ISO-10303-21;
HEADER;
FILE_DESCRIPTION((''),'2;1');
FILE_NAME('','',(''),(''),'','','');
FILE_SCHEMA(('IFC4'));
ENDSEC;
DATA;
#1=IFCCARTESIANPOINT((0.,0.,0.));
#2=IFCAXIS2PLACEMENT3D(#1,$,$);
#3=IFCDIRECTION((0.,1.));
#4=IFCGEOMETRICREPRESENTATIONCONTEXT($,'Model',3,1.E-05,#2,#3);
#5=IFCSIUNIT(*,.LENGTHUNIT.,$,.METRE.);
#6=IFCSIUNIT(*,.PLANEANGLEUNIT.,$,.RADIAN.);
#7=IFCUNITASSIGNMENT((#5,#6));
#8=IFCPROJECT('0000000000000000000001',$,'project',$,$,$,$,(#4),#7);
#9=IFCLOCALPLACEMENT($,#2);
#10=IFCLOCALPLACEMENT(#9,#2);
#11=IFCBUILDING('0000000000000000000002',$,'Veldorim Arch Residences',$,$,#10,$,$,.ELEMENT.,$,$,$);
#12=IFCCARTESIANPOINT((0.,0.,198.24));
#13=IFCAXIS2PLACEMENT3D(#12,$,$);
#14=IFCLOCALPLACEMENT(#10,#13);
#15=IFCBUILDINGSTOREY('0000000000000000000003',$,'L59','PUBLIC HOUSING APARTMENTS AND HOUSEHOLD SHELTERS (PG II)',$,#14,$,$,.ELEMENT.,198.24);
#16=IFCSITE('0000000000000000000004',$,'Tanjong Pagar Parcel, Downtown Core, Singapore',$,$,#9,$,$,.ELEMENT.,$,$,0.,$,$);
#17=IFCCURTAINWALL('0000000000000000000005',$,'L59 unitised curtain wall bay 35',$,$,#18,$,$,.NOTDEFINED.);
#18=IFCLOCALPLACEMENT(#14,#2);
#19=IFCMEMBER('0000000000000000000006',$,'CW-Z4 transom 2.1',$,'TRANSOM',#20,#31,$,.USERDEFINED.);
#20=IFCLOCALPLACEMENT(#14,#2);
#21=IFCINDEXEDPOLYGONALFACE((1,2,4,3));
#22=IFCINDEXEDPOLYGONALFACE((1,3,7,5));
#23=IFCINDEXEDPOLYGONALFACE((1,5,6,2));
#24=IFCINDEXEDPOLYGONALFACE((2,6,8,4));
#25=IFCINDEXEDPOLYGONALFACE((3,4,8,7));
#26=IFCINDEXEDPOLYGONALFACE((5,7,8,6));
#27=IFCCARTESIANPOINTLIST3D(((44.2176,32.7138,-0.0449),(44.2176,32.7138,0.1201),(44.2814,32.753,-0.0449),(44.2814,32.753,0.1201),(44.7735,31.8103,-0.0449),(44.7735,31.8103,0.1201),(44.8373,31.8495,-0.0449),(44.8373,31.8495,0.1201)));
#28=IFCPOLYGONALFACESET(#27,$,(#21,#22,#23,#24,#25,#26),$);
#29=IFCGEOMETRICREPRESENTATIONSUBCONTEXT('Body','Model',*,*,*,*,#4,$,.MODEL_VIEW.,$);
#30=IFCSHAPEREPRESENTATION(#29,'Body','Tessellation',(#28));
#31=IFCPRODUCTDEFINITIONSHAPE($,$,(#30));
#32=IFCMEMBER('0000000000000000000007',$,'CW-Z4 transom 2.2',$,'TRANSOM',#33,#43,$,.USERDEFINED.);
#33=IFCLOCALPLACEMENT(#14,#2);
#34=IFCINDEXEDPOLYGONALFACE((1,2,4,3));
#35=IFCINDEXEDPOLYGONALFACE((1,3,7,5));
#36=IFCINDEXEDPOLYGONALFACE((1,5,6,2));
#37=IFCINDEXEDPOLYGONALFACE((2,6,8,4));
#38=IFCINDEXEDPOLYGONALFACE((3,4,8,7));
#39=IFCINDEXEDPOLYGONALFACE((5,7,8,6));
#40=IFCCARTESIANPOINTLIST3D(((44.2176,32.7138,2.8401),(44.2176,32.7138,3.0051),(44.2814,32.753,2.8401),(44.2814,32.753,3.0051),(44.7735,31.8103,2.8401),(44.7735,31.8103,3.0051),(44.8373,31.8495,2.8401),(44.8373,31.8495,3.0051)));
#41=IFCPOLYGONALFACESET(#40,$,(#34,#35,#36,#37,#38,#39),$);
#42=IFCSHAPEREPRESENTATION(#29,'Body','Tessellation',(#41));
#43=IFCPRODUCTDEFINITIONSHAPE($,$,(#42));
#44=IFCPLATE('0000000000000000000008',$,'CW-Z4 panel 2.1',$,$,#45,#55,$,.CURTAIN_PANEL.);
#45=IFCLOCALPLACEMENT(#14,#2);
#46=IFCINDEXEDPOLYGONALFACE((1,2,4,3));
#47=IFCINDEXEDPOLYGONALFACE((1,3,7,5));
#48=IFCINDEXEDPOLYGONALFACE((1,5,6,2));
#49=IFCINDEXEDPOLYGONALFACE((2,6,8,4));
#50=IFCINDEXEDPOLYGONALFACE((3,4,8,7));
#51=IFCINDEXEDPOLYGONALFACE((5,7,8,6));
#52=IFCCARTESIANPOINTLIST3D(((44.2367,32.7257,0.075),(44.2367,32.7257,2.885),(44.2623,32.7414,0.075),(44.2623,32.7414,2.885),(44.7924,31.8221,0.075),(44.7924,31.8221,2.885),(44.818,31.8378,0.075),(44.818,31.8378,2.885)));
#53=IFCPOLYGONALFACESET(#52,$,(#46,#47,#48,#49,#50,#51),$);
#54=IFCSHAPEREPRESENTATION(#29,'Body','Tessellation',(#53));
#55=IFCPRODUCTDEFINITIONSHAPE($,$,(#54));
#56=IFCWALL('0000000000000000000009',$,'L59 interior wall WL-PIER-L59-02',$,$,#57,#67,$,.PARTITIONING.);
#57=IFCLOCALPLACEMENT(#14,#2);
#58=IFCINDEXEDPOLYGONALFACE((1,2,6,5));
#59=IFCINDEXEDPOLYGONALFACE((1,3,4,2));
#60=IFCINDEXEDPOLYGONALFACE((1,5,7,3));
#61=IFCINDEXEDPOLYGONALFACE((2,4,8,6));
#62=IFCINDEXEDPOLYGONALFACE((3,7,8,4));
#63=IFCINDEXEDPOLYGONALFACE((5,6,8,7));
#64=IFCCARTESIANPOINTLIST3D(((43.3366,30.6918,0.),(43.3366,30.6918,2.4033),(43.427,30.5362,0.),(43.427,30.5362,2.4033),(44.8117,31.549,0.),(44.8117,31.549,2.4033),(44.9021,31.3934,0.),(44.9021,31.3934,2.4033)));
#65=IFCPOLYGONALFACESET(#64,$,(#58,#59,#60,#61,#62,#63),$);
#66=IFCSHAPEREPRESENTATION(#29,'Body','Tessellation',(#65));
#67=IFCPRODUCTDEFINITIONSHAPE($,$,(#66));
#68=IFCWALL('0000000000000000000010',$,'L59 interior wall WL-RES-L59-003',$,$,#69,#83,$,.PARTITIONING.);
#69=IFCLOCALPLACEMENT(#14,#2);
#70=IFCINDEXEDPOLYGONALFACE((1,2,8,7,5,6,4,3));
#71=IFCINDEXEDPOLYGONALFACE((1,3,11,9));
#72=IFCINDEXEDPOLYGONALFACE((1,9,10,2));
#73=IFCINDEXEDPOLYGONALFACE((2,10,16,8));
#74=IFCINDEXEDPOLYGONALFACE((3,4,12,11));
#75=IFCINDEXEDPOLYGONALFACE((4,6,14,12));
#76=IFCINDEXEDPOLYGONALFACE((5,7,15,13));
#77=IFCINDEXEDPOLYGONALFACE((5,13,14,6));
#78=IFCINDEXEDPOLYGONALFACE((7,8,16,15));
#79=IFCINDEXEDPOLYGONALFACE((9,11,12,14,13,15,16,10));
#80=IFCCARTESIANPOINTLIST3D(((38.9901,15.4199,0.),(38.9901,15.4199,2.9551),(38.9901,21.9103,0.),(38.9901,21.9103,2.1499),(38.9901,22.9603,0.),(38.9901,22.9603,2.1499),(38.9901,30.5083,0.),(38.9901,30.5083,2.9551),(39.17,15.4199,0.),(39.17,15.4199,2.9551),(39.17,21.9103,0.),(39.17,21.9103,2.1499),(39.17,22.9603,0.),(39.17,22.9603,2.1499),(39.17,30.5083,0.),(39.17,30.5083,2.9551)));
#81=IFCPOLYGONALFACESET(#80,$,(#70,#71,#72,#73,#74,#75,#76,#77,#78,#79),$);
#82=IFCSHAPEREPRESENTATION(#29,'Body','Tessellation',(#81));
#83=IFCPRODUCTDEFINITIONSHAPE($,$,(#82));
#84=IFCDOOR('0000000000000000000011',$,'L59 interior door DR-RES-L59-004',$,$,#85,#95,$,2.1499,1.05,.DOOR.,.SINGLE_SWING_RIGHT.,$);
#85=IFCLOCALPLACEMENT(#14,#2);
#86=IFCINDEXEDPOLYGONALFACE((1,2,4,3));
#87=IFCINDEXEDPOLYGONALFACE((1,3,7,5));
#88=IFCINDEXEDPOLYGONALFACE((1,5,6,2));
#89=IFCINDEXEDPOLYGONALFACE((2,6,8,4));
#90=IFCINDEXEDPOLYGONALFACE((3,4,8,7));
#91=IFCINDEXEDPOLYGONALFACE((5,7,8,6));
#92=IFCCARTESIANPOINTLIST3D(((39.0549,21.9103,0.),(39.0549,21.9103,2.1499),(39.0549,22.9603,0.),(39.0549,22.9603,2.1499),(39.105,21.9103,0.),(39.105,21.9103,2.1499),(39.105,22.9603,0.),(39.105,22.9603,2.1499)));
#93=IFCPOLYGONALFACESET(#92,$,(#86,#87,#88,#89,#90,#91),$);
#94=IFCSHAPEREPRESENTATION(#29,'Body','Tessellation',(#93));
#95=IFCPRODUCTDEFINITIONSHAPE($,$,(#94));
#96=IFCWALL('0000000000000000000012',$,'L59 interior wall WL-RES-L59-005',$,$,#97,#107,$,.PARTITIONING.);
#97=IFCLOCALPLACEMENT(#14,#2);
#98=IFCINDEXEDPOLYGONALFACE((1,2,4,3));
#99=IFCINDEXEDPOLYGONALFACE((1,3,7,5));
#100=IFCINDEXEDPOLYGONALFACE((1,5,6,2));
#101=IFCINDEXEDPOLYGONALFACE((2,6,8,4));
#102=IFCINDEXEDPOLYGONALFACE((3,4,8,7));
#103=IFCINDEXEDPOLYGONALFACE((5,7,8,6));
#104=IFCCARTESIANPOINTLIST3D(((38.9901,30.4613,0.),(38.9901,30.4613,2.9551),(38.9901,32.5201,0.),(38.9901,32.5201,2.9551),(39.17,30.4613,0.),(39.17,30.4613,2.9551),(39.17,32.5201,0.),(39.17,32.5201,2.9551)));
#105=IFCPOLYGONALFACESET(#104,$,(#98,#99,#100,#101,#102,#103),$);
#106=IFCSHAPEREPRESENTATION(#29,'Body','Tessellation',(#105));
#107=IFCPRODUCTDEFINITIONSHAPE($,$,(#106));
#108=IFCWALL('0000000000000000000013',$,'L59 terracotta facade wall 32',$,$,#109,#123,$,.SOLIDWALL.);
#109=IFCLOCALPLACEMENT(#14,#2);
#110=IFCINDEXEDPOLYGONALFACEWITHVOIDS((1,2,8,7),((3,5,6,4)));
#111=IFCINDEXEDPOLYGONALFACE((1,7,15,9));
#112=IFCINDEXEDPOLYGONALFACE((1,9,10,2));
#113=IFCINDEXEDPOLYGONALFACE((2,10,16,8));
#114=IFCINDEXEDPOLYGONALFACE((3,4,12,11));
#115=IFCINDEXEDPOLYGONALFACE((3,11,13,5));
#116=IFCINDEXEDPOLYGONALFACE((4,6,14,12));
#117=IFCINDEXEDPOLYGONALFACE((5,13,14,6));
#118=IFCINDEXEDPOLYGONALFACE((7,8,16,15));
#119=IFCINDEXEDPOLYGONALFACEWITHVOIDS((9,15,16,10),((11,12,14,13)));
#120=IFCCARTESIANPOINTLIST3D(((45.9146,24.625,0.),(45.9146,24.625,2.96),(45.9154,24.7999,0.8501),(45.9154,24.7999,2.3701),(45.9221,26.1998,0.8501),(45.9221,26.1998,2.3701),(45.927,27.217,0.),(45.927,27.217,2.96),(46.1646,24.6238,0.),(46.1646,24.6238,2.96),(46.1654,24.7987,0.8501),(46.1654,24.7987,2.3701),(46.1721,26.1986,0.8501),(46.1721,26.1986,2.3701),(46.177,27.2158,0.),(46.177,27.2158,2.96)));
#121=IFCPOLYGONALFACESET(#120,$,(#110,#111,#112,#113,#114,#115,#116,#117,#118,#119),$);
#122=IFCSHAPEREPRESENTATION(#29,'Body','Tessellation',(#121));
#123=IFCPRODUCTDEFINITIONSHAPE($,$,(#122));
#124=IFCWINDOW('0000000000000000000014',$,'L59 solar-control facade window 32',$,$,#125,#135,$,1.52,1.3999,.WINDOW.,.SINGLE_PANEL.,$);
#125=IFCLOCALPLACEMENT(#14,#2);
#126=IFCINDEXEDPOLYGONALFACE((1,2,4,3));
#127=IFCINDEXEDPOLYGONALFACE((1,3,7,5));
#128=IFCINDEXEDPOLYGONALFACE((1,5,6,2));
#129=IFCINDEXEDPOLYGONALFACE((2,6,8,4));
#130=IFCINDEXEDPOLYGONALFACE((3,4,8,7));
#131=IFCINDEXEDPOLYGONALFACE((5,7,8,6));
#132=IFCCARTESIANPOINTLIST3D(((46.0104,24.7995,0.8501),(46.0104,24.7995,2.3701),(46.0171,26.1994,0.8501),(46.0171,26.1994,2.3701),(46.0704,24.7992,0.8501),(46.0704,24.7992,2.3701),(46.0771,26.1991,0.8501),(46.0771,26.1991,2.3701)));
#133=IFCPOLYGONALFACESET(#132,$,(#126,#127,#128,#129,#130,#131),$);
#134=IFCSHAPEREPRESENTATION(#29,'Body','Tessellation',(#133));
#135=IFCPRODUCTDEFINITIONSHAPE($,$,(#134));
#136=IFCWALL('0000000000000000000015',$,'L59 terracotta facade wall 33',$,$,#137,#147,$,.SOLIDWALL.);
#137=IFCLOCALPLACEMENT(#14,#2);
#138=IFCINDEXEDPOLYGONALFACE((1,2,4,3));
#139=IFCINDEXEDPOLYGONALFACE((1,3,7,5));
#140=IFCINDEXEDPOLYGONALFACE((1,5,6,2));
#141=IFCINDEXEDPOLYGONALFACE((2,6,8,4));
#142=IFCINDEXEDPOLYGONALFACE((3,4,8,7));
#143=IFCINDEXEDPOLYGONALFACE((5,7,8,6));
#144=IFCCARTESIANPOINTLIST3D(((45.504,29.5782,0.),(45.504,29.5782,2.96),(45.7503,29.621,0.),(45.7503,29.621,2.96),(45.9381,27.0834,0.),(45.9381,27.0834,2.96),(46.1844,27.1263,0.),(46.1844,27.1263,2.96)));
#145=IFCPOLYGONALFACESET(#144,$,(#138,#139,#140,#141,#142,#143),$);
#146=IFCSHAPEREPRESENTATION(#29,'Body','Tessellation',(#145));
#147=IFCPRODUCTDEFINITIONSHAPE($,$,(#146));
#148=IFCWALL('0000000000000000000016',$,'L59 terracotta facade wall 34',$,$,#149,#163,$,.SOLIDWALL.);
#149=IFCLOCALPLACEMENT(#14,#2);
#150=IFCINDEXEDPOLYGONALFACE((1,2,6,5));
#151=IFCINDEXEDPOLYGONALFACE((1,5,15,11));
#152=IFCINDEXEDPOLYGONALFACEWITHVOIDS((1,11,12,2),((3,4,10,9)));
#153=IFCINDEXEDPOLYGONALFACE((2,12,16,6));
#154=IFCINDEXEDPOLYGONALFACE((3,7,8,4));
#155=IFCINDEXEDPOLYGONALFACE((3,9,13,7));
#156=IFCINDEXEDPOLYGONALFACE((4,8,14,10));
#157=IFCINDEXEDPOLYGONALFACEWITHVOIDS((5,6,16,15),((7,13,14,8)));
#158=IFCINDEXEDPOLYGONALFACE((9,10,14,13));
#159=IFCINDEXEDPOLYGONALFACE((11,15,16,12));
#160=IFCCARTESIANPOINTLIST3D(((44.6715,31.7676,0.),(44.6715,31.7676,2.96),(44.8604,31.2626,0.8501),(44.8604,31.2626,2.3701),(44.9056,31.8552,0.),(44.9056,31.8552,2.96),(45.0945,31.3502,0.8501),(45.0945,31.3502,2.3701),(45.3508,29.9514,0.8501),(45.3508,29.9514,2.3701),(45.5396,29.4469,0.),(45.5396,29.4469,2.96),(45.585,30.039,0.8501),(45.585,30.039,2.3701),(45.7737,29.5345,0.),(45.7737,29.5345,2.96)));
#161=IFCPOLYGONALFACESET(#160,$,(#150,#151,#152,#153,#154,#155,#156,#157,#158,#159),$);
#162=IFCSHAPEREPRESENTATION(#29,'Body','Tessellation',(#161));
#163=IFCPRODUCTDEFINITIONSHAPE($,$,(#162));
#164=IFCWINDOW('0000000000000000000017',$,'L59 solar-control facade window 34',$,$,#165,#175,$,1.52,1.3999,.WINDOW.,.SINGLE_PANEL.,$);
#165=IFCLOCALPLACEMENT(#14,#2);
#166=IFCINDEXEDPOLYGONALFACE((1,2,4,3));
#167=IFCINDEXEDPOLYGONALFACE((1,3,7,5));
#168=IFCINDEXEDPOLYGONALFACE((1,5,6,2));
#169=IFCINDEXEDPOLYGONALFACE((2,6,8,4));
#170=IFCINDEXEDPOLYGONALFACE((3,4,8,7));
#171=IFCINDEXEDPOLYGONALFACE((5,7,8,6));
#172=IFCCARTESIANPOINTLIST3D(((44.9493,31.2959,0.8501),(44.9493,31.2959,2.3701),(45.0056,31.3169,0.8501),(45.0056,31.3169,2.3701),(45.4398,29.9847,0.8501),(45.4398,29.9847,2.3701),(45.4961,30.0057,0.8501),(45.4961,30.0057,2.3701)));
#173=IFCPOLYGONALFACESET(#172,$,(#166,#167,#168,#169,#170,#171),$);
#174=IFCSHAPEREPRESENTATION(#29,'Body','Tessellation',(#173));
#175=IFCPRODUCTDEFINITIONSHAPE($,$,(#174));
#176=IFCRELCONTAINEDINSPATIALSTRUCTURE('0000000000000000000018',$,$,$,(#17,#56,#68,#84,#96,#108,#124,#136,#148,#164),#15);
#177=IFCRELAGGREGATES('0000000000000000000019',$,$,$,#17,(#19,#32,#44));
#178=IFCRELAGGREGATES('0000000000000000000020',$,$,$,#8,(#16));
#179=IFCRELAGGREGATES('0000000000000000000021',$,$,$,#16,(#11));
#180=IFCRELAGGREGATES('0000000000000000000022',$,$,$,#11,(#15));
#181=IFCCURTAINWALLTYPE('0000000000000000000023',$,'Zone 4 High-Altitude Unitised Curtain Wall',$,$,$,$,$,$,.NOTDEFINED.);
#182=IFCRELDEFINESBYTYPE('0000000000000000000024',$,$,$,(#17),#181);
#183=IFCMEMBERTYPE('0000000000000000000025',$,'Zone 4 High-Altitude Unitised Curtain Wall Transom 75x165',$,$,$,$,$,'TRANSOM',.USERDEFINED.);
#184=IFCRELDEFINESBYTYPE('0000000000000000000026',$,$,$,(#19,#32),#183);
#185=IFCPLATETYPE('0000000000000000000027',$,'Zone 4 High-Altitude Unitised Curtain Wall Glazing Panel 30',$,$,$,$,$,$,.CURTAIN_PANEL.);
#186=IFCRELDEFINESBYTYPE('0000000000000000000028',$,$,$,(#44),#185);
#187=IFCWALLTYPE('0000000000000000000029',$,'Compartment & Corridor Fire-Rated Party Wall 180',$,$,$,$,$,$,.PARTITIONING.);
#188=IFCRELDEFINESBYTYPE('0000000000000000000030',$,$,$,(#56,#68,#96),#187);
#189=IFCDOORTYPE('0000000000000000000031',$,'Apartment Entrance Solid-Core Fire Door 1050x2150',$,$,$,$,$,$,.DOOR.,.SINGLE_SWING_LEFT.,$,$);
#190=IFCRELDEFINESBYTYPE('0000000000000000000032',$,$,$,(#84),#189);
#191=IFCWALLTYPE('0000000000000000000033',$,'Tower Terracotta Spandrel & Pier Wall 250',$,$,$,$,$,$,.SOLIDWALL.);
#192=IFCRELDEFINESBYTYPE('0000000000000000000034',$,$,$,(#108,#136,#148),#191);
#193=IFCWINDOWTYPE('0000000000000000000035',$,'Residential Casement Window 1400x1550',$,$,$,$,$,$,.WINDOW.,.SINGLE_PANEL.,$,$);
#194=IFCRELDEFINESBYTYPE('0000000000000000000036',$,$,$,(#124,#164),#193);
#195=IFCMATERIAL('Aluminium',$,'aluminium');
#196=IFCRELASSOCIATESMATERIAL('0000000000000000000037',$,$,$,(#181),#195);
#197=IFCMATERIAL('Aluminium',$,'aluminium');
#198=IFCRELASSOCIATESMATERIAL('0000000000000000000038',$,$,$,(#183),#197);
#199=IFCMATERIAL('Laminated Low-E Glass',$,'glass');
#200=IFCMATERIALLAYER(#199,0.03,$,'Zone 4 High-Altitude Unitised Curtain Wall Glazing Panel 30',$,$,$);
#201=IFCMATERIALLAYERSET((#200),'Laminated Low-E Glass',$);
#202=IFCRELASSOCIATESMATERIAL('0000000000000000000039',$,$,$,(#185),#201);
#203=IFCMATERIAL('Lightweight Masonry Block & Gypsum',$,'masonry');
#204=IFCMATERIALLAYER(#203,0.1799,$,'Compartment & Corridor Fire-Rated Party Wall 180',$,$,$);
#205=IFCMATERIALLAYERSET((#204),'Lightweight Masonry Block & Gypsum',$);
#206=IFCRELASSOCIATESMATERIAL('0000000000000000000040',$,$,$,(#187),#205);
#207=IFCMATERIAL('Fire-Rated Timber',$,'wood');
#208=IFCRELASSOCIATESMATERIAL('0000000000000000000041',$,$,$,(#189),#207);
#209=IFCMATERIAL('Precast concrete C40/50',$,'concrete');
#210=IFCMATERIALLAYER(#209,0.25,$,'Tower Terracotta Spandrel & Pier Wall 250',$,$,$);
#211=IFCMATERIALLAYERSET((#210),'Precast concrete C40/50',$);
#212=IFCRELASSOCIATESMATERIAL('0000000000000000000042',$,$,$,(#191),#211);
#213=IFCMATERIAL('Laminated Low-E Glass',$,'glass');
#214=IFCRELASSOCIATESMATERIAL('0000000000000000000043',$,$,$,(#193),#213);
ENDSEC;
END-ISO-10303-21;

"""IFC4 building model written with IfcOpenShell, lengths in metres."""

from ifc_helpers import new_model, si_unit, direction, frame, frame_2d, origin, origin_2d, place, context, subcontext, project, spatial, rectangle, extrude, material, layer, layer_set, material_profile, profile_set, type_object, element, fill, aggregate, save


model = new_model("IFC4")

# Units and contexts
model_context = context("Model", 3, precision=1e-05, world=origin(), true_north=direction((0.0, 1.0)))
body_context = subcontext(model_context, "Body", "Model", "MODEL_VIEW")
ifc_project = project(units=[si_unit("LENGTHUNIT", "METRE"), si_unit("PLANEANGLEUNIT", "RADIAN")], contexts=[model_context])

# Site, building, storey
site_placement = place(None, origin())
site = spatial("IfcSite", under=ifc_project, at=site_placement, Name="Tanjong Pagar Parcel, Downtown Core, Singapore", CompositionType="ELEMENT", RefElevation=0.0)
building_placement = place(site_placement, origin())
building = spatial("IfcBuilding", under=site, at=building_placement, Name="Veldorim Arch Residences", CompositionType="ELEMENT")
storey_placement = place(building_placement, frame((0.0, 0.0, 198.24)))
storey = spatial("IfcBuildingStorey", under=building, at=storey_placement, Name="L59", Description="PUBLIC HOUSING APARTMENTS AND HOUSEHOLD SHELTERS (PG II)", CompositionType="ELEMENT", Elevation=198.24)

# Curtain wall, members, plate
ifc_material_1 = material(Name="Aluminium", Category="aluminium")
curtain_wall_type = type_object("IfcCurtainWallType", Name="Zone 4 High-Altitude Unitised Curtain Wall", PredefinedType="NOTDEFINED", material=ifc_material_1)
curtain_wall_placement = place(storey_placement, origin())
curtain_wall = element("IfcCurtainWall", 1, at=curtain_wall_placement, inside=storey, type_object=curtain_wall_type, Name="L59 unitised curtain wall bay 35", PredefinedType="NOTDEFINED")
ifc_material_2 = material(Name="Aluminium", Category="aluminium")
ifc_material_profile_1 = material_profile(ifc_material_2, rectangle(XDim=0.075, YDim=0.165, at=origin_2d()), Name="ALU_TRN_75x165")
ifc_profile_set_1 = profile_set([ifc_material_profile_1], Name="Aluminium")
member_type_1 = type_object("IfcMemberType", Name="Zone 4 High-Altitude Unitised Curtain Wall Transom 75x165", ElementType="TRANSOM", PredefinedType="USERDEFINED", material=ifc_profile_set_1)
member_1_placement = place(storey_placement, frame((44.2495, 32.7334, 0.0376), z_axis=(0.524008, -0.851714, 0.0), x_axis=(0.851714, 0.524008, 0.0)))
member_1 = element("IfcMember", 2, at=member_1_placement, type_object=member_type_1, Name="CW-Z4 transom 2.1", ObjectType="TRANSOM", PredefinedType="USERDEFINED", context=body_context, shape_type="SweptSolid", body=[
    extrude(rectangle(XDim=0.075, YDim=0.165, at=origin_2d()), origin(), (0.0, 0.0, 1.0), 1.0608),
])
member_2_placement = place(storey_placement, frame((44.2495, 32.7334, 2.9226), z_axis=(0.524008, -0.851714, 0.0), x_axis=(0.851714, 0.524008, 0.0)))
member_2 = element("IfcMember", 3, at=member_2_placement, type_object=member_type_1, Name="CW-Z4 transom 2.2", ObjectType="TRANSOM", PredefinedType="USERDEFINED", context=body_context, shape_type="SweptSolid", body=[
    extrude(rectangle(XDim=0.075, YDim=0.165, at=origin_2d()), origin(), (0.0, 0.0, 1.0), 1.0608),
])
ifc_material_3 = material(Name="Laminated Low-E Glass", Category="glass")
ifc_layer_1 = layer(ifc_material_3, 0.03, Name="Zone 4 High-Altitude Unitised Curtain Wall Glazing Panel 30")
ifc_layer_set_1 = layer_set([ifc_layer_1], Name="Laminated Low-E Glass")
plate_type = type_object("IfcPlateType", Name="Zone 4 High-Altitude Unitised Curtain Wall Glazing Panel 30", PredefinedType="CURTAIN_PANEL", material=ifc_layer_set_1)
plate_placement = place(storey_placement, frame((44.5273, 32.2817, 0.075), z_axis=(0.0, 0.0, 1.0), x_axis=(0.523864, -0.851802, 0.0)))
plate = element("IfcPlate", 4, at=plate_placement, type_object=plate_type, Name="CW-Z4 panel 2.1", PredefinedType="CURTAIN_PANEL", context=body_context, shape_type="SweptSolid", body=[
    extrude(rectangle(XDim=1.0608, YDim=0.03, at=origin_2d()), origin(), (0.0, 0.0, 1.0), 2.8101),
])
aggregate(curtain_wall, [member_1, member_2, plate])

# Wall
ifc_material_4 = material(Name="Lightweight Masonry Block & Gypsum", Category="masonry")
ifc_layer_2 = layer(ifc_material_4, 0.1799, Name="Compartment & Corridor Fire-Rated Party Wall 180")
ifc_layer_set_2 = layer_set([ifc_layer_2], Name="Lightweight Masonry Block & Gypsum")
wall_type_1 = type_object("IfcWallType", Name="Compartment & Corridor Fire-Rated Party Wall 180", PredefinedType="PARTITIONING", material=ifc_layer_set_2)
wall_1_placement = place(storey_placement, frame((43.3818, 30.614, 0.0), z_axis=(0.0, 0.0, 1.0), x_axis=(0.864619, 0.502429, 0.0)))
element("IfcWall", 5, at=wall_1_placement, inside=storey, type_object=wall_type_1, Name="L59 interior wall WL-PIER-L59-02", PredefinedType="PARTITIONING", context=body_context, shape_type="SweptSolid", body=[
    extrude(rectangle(XDim=1.7061, YDim=0.1799, at=frame_2d((0.853, 0.0))), origin(), (0.0, 0.0, 1.0), 2.4033),
])

# Wall, opening, door
wall_2_placement = place(storey_placement, frame((39.0801, 30.5083, 0.0), z_axis=(0.0, 0.0, 1.0), x_axis=(0.0, -1.0, 0.0)))
wall_2 = element("IfcWall", 6, at=wall_2_placement, inside=storey, type_object=wall_type_1, Name="L59 interior wall WL-RES-L59-003", PredefinedType="PARTITIONING", context=body_context, shape_type="SweptSolid", body=[
    extrude(rectangle(XDim=15.0884, YDim=0.1799, at=frame_2d((7.5442, 0.0))), origin(), (0.0, 0.0, 1.0), 2.9551),
])
opening_1_placement = place(wall_2_placement, frame((7.5481, 0.0, 0.0)))
opening_1 = element("IfcOpeningElement", 7, at=opening_1_placement, cuts=wall_2, PredefinedType="OPENING", context=body_context, shape_type="SweptSolid", body=[
    extrude(rectangle(XDim=1.05, YDim=2.1499, at=frame_2d((0.5249, 1.075))), frame((0.0, 0.0999, 0.0), z_axis=(0.0, -1.0, 0.0), x_axis=(1.0, 0.0, 0.0)), (0.0, 0.0, 1.0), 0.2),
])
ifc_material_5 = material(Name="Fire-Rated Timber", Category="wood")
door_type = type_object("IfcDoorType", Name="Apartment Entrance Solid-Core Fire Door 1050x2150", OperationType="SINGLE_SWING_LEFT", PredefinedType="DOOR", material=ifc_material_5)
door_placement = place(opening_1_placement, origin())
door = element("IfcDoor", 8, at=door_placement, inside=storey, type_object=door_type, Name="L59 interior door DR-RES-L59-004", OperationType="SINGLE_SWING_RIGHT", OverallHeight=2.1499, OverallWidth=1.05, PredefinedType="DOOR", context=body_context, shape_type="SweptSolid", body=[
    extrude(rectangle(XDim=1.05, YDim=2.1499, at=frame_2d((0.5249, 1.075))), frame((0.0, 0.0249, 0.0), z_axis=(0.0, -1.0, 0.0), x_axis=(1.0, 0.0, 0.0)), (0.0, 0.0, 1.0), 0.05),
])
fill(opening_1, door)

# Wall
wall_3_placement = place(storey_placement, frame((39.0801, 32.52, 0.0), z_axis=(0.0, 0.0, 1.0), x_axis=(0.0, -1.0, 0.0)))
element("IfcWall", 9, at=wall_3_placement, inside=storey, type_object=wall_type_1, Name="L59 interior wall WL-RES-L59-005", PredefinedType="PARTITIONING", context=body_context, shape_type="SweptSolid", body=[
    extrude(rectangle(XDim=2.0588, YDim=0.1799, at=frame_2d((1.0293, 0.0))), origin(), (0.0, 0.0, 1.0), 2.9551),
])

# Wall, opening, window
ifc_material_6 = material(Name="Precast concrete C40/50", Category="concrete")
ifc_layer_3 = layer(ifc_material_6, 0.25, Name="Tower Terracotta Spandrel & Pier Wall 250")
ifc_layer_set_3 = layer_set([ifc_layer_3], Name="Precast concrete C40/50")
wall_type_2 = type_object("IfcWallType", Name="Tower Terracotta Spandrel & Pier Wall 250", PredefinedType="SOLIDWALL", material=ifc_layer_set_3)
wall_4_placement = place(storey_placement, frame((46.052, 27.2163, 0.0), z_axis=(0.0, 0.0, 1.0), x_axis=(-0.004804, -0.999988, 0.0)))
wall_4 = element("IfcWall", 10, at=wall_4_placement, inside=storey, type_object=wall_type_2, Name="L59 terracotta facade wall 32", PredefinedType="SOLIDWALL", context=body_context, shape_type="SweptSolid", body=[
    extrude(rectangle(XDim=2.592, YDim=0.25, at=frame_2d((1.2959, 0.0))), origin(), (0.0, 0.0, 1.0), 2.96),
])
opening_2_placement = place(wall_4_placement, frame((1.0171, 0.0, 0.8501)))
opening_2 = element("IfcOpeningElement", 11, at=opening_2_placement, cuts=wall_4, PredefinedType="OPENING", context=body_context, shape_type="SweptSolid", body=[
    extrude(rectangle(XDim=1.3999, YDim=1.52, at=frame_2d((0.7, 0.76))), frame((0.0, 0.135, 0.0), z_axis=(0.0, -1.0, 0.0), x_axis=(1.0, 0.0, 0.0)), (0.0, 0.0, 1.0), 0.27),
])
ifc_material_7 = material(Name="Laminated Low-E Glass", Category="glass")
window_type = type_object("IfcWindowType", Name="Residential Casement Window 1400x1550", PartitioningType="SINGLE_PANEL", PredefinedType="WINDOW", material=ifc_material_7)
window_1_placement = place(opening_2_placement, origin())
window_1 = element("IfcWindow", 12, at=window_1_placement, inside=storey, type_object=window_type, Name="L59 solar-control facade window 32", OverallHeight=1.52, OverallWidth=1.3999, PartitioningType="SINGLE_PANEL", PredefinedType="WINDOW", context=body_context, shape_type="SweptSolid", body=[
    extrude(rectangle(XDim=1.3999, YDim=1.52, at=frame_2d((0.7, 0.76))), frame((0.0, 0.03, 0.0), z_axis=(0.0, -1.0, 0.0), x_axis=(1.0, 0.0, 0.0)), (0.0, 0.0, 1.0), 0.0601),
])
fill(opening_2, window_1)

# Wall
wall_5_placement = place(storey_placement, frame((45.6272, 29.5996, 0.0), z_axis=(0.0, 0.0, 1.0), x_axis=(0.171431, -0.985196, 0.0)))
element("IfcWall", 13, at=wall_5_placement, inside=storey, type_object=wall_type_2, Name="L59 terracotta facade wall 33", PredefinedType="SOLIDWALL", context=body_context, shape_type="SweptSolid", body=[
    extrude(rectangle(XDim=2.5322, YDim=0.25, at=frame_2d((1.2661, 0.0))), origin(), (0.0, 0.0, 1.0), 2.96),
])

# Wall, opening, window
wall_6_placement = place(storey_placement, frame((44.7886, 31.8113, 0.0), z_axis=(0.0, 0.0, 1.0), x_axis=(0.350367, -0.936612, 0.0)))
wall_6 = element("IfcWall", 14, at=wall_6_placement, inside=storey, type_object=wall_type_2, Name="L59 terracotta facade wall 34", PredefinedType="SOLIDWALL", context=body_context, shape_type="SweptSolid", body=[
    extrude(rectangle(XDim=2.4778, YDim=0.25, at=frame_2d((1.2388, 0.0))), origin(), (0.0, 0.0, 1.0), 2.96),
])
opening_3_placement = place(wall_6_placement, frame((0.5391, 0.0, 0.8501)))
opening_3 = element("IfcOpeningElement", 15, at=opening_3_placement, cuts=wall_6, PredefinedType="OPENING", context=body_context, shape_type="SweptSolid", body=[
    extrude(rectangle(XDim=1.3999, YDim=1.52, at=frame_2d((0.7, 0.76))), frame((0.0, 0.135, 0.0), z_axis=(0.0, -1.0, 0.0), x_axis=(1.0, 0.0, 0.0)), (0.0, 0.0, 1.0), 0.27),
])
window_2_placement = place(opening_3_placement, origin())
window_2 = element("IfcWindow", 16, at=window_2_placement, inside=storey, type_object=window_type, Name="L59 solar-control facade window 34", OverallHeight=1.52, OverallWidth=1.3999, PartitioningType="SINGLE_PANEL", PredefinedType="WINDOW", context=body_context, shape_type="SweptSolid", body=[
    extrude(rectangle(XDim=1.3999, YDim=1.52, at=frame_2d((0.7, 0.76))), frame((0.0, 0.03, 0.0), z_axis=(0.0, -1.0, 0.0), x_axis=(1.0, 0.0, 0.0)), (0.0, 0.0, 1.0), 0.0601),
])
fill(opening_3, window_2)

save(model, "model.ifc")
